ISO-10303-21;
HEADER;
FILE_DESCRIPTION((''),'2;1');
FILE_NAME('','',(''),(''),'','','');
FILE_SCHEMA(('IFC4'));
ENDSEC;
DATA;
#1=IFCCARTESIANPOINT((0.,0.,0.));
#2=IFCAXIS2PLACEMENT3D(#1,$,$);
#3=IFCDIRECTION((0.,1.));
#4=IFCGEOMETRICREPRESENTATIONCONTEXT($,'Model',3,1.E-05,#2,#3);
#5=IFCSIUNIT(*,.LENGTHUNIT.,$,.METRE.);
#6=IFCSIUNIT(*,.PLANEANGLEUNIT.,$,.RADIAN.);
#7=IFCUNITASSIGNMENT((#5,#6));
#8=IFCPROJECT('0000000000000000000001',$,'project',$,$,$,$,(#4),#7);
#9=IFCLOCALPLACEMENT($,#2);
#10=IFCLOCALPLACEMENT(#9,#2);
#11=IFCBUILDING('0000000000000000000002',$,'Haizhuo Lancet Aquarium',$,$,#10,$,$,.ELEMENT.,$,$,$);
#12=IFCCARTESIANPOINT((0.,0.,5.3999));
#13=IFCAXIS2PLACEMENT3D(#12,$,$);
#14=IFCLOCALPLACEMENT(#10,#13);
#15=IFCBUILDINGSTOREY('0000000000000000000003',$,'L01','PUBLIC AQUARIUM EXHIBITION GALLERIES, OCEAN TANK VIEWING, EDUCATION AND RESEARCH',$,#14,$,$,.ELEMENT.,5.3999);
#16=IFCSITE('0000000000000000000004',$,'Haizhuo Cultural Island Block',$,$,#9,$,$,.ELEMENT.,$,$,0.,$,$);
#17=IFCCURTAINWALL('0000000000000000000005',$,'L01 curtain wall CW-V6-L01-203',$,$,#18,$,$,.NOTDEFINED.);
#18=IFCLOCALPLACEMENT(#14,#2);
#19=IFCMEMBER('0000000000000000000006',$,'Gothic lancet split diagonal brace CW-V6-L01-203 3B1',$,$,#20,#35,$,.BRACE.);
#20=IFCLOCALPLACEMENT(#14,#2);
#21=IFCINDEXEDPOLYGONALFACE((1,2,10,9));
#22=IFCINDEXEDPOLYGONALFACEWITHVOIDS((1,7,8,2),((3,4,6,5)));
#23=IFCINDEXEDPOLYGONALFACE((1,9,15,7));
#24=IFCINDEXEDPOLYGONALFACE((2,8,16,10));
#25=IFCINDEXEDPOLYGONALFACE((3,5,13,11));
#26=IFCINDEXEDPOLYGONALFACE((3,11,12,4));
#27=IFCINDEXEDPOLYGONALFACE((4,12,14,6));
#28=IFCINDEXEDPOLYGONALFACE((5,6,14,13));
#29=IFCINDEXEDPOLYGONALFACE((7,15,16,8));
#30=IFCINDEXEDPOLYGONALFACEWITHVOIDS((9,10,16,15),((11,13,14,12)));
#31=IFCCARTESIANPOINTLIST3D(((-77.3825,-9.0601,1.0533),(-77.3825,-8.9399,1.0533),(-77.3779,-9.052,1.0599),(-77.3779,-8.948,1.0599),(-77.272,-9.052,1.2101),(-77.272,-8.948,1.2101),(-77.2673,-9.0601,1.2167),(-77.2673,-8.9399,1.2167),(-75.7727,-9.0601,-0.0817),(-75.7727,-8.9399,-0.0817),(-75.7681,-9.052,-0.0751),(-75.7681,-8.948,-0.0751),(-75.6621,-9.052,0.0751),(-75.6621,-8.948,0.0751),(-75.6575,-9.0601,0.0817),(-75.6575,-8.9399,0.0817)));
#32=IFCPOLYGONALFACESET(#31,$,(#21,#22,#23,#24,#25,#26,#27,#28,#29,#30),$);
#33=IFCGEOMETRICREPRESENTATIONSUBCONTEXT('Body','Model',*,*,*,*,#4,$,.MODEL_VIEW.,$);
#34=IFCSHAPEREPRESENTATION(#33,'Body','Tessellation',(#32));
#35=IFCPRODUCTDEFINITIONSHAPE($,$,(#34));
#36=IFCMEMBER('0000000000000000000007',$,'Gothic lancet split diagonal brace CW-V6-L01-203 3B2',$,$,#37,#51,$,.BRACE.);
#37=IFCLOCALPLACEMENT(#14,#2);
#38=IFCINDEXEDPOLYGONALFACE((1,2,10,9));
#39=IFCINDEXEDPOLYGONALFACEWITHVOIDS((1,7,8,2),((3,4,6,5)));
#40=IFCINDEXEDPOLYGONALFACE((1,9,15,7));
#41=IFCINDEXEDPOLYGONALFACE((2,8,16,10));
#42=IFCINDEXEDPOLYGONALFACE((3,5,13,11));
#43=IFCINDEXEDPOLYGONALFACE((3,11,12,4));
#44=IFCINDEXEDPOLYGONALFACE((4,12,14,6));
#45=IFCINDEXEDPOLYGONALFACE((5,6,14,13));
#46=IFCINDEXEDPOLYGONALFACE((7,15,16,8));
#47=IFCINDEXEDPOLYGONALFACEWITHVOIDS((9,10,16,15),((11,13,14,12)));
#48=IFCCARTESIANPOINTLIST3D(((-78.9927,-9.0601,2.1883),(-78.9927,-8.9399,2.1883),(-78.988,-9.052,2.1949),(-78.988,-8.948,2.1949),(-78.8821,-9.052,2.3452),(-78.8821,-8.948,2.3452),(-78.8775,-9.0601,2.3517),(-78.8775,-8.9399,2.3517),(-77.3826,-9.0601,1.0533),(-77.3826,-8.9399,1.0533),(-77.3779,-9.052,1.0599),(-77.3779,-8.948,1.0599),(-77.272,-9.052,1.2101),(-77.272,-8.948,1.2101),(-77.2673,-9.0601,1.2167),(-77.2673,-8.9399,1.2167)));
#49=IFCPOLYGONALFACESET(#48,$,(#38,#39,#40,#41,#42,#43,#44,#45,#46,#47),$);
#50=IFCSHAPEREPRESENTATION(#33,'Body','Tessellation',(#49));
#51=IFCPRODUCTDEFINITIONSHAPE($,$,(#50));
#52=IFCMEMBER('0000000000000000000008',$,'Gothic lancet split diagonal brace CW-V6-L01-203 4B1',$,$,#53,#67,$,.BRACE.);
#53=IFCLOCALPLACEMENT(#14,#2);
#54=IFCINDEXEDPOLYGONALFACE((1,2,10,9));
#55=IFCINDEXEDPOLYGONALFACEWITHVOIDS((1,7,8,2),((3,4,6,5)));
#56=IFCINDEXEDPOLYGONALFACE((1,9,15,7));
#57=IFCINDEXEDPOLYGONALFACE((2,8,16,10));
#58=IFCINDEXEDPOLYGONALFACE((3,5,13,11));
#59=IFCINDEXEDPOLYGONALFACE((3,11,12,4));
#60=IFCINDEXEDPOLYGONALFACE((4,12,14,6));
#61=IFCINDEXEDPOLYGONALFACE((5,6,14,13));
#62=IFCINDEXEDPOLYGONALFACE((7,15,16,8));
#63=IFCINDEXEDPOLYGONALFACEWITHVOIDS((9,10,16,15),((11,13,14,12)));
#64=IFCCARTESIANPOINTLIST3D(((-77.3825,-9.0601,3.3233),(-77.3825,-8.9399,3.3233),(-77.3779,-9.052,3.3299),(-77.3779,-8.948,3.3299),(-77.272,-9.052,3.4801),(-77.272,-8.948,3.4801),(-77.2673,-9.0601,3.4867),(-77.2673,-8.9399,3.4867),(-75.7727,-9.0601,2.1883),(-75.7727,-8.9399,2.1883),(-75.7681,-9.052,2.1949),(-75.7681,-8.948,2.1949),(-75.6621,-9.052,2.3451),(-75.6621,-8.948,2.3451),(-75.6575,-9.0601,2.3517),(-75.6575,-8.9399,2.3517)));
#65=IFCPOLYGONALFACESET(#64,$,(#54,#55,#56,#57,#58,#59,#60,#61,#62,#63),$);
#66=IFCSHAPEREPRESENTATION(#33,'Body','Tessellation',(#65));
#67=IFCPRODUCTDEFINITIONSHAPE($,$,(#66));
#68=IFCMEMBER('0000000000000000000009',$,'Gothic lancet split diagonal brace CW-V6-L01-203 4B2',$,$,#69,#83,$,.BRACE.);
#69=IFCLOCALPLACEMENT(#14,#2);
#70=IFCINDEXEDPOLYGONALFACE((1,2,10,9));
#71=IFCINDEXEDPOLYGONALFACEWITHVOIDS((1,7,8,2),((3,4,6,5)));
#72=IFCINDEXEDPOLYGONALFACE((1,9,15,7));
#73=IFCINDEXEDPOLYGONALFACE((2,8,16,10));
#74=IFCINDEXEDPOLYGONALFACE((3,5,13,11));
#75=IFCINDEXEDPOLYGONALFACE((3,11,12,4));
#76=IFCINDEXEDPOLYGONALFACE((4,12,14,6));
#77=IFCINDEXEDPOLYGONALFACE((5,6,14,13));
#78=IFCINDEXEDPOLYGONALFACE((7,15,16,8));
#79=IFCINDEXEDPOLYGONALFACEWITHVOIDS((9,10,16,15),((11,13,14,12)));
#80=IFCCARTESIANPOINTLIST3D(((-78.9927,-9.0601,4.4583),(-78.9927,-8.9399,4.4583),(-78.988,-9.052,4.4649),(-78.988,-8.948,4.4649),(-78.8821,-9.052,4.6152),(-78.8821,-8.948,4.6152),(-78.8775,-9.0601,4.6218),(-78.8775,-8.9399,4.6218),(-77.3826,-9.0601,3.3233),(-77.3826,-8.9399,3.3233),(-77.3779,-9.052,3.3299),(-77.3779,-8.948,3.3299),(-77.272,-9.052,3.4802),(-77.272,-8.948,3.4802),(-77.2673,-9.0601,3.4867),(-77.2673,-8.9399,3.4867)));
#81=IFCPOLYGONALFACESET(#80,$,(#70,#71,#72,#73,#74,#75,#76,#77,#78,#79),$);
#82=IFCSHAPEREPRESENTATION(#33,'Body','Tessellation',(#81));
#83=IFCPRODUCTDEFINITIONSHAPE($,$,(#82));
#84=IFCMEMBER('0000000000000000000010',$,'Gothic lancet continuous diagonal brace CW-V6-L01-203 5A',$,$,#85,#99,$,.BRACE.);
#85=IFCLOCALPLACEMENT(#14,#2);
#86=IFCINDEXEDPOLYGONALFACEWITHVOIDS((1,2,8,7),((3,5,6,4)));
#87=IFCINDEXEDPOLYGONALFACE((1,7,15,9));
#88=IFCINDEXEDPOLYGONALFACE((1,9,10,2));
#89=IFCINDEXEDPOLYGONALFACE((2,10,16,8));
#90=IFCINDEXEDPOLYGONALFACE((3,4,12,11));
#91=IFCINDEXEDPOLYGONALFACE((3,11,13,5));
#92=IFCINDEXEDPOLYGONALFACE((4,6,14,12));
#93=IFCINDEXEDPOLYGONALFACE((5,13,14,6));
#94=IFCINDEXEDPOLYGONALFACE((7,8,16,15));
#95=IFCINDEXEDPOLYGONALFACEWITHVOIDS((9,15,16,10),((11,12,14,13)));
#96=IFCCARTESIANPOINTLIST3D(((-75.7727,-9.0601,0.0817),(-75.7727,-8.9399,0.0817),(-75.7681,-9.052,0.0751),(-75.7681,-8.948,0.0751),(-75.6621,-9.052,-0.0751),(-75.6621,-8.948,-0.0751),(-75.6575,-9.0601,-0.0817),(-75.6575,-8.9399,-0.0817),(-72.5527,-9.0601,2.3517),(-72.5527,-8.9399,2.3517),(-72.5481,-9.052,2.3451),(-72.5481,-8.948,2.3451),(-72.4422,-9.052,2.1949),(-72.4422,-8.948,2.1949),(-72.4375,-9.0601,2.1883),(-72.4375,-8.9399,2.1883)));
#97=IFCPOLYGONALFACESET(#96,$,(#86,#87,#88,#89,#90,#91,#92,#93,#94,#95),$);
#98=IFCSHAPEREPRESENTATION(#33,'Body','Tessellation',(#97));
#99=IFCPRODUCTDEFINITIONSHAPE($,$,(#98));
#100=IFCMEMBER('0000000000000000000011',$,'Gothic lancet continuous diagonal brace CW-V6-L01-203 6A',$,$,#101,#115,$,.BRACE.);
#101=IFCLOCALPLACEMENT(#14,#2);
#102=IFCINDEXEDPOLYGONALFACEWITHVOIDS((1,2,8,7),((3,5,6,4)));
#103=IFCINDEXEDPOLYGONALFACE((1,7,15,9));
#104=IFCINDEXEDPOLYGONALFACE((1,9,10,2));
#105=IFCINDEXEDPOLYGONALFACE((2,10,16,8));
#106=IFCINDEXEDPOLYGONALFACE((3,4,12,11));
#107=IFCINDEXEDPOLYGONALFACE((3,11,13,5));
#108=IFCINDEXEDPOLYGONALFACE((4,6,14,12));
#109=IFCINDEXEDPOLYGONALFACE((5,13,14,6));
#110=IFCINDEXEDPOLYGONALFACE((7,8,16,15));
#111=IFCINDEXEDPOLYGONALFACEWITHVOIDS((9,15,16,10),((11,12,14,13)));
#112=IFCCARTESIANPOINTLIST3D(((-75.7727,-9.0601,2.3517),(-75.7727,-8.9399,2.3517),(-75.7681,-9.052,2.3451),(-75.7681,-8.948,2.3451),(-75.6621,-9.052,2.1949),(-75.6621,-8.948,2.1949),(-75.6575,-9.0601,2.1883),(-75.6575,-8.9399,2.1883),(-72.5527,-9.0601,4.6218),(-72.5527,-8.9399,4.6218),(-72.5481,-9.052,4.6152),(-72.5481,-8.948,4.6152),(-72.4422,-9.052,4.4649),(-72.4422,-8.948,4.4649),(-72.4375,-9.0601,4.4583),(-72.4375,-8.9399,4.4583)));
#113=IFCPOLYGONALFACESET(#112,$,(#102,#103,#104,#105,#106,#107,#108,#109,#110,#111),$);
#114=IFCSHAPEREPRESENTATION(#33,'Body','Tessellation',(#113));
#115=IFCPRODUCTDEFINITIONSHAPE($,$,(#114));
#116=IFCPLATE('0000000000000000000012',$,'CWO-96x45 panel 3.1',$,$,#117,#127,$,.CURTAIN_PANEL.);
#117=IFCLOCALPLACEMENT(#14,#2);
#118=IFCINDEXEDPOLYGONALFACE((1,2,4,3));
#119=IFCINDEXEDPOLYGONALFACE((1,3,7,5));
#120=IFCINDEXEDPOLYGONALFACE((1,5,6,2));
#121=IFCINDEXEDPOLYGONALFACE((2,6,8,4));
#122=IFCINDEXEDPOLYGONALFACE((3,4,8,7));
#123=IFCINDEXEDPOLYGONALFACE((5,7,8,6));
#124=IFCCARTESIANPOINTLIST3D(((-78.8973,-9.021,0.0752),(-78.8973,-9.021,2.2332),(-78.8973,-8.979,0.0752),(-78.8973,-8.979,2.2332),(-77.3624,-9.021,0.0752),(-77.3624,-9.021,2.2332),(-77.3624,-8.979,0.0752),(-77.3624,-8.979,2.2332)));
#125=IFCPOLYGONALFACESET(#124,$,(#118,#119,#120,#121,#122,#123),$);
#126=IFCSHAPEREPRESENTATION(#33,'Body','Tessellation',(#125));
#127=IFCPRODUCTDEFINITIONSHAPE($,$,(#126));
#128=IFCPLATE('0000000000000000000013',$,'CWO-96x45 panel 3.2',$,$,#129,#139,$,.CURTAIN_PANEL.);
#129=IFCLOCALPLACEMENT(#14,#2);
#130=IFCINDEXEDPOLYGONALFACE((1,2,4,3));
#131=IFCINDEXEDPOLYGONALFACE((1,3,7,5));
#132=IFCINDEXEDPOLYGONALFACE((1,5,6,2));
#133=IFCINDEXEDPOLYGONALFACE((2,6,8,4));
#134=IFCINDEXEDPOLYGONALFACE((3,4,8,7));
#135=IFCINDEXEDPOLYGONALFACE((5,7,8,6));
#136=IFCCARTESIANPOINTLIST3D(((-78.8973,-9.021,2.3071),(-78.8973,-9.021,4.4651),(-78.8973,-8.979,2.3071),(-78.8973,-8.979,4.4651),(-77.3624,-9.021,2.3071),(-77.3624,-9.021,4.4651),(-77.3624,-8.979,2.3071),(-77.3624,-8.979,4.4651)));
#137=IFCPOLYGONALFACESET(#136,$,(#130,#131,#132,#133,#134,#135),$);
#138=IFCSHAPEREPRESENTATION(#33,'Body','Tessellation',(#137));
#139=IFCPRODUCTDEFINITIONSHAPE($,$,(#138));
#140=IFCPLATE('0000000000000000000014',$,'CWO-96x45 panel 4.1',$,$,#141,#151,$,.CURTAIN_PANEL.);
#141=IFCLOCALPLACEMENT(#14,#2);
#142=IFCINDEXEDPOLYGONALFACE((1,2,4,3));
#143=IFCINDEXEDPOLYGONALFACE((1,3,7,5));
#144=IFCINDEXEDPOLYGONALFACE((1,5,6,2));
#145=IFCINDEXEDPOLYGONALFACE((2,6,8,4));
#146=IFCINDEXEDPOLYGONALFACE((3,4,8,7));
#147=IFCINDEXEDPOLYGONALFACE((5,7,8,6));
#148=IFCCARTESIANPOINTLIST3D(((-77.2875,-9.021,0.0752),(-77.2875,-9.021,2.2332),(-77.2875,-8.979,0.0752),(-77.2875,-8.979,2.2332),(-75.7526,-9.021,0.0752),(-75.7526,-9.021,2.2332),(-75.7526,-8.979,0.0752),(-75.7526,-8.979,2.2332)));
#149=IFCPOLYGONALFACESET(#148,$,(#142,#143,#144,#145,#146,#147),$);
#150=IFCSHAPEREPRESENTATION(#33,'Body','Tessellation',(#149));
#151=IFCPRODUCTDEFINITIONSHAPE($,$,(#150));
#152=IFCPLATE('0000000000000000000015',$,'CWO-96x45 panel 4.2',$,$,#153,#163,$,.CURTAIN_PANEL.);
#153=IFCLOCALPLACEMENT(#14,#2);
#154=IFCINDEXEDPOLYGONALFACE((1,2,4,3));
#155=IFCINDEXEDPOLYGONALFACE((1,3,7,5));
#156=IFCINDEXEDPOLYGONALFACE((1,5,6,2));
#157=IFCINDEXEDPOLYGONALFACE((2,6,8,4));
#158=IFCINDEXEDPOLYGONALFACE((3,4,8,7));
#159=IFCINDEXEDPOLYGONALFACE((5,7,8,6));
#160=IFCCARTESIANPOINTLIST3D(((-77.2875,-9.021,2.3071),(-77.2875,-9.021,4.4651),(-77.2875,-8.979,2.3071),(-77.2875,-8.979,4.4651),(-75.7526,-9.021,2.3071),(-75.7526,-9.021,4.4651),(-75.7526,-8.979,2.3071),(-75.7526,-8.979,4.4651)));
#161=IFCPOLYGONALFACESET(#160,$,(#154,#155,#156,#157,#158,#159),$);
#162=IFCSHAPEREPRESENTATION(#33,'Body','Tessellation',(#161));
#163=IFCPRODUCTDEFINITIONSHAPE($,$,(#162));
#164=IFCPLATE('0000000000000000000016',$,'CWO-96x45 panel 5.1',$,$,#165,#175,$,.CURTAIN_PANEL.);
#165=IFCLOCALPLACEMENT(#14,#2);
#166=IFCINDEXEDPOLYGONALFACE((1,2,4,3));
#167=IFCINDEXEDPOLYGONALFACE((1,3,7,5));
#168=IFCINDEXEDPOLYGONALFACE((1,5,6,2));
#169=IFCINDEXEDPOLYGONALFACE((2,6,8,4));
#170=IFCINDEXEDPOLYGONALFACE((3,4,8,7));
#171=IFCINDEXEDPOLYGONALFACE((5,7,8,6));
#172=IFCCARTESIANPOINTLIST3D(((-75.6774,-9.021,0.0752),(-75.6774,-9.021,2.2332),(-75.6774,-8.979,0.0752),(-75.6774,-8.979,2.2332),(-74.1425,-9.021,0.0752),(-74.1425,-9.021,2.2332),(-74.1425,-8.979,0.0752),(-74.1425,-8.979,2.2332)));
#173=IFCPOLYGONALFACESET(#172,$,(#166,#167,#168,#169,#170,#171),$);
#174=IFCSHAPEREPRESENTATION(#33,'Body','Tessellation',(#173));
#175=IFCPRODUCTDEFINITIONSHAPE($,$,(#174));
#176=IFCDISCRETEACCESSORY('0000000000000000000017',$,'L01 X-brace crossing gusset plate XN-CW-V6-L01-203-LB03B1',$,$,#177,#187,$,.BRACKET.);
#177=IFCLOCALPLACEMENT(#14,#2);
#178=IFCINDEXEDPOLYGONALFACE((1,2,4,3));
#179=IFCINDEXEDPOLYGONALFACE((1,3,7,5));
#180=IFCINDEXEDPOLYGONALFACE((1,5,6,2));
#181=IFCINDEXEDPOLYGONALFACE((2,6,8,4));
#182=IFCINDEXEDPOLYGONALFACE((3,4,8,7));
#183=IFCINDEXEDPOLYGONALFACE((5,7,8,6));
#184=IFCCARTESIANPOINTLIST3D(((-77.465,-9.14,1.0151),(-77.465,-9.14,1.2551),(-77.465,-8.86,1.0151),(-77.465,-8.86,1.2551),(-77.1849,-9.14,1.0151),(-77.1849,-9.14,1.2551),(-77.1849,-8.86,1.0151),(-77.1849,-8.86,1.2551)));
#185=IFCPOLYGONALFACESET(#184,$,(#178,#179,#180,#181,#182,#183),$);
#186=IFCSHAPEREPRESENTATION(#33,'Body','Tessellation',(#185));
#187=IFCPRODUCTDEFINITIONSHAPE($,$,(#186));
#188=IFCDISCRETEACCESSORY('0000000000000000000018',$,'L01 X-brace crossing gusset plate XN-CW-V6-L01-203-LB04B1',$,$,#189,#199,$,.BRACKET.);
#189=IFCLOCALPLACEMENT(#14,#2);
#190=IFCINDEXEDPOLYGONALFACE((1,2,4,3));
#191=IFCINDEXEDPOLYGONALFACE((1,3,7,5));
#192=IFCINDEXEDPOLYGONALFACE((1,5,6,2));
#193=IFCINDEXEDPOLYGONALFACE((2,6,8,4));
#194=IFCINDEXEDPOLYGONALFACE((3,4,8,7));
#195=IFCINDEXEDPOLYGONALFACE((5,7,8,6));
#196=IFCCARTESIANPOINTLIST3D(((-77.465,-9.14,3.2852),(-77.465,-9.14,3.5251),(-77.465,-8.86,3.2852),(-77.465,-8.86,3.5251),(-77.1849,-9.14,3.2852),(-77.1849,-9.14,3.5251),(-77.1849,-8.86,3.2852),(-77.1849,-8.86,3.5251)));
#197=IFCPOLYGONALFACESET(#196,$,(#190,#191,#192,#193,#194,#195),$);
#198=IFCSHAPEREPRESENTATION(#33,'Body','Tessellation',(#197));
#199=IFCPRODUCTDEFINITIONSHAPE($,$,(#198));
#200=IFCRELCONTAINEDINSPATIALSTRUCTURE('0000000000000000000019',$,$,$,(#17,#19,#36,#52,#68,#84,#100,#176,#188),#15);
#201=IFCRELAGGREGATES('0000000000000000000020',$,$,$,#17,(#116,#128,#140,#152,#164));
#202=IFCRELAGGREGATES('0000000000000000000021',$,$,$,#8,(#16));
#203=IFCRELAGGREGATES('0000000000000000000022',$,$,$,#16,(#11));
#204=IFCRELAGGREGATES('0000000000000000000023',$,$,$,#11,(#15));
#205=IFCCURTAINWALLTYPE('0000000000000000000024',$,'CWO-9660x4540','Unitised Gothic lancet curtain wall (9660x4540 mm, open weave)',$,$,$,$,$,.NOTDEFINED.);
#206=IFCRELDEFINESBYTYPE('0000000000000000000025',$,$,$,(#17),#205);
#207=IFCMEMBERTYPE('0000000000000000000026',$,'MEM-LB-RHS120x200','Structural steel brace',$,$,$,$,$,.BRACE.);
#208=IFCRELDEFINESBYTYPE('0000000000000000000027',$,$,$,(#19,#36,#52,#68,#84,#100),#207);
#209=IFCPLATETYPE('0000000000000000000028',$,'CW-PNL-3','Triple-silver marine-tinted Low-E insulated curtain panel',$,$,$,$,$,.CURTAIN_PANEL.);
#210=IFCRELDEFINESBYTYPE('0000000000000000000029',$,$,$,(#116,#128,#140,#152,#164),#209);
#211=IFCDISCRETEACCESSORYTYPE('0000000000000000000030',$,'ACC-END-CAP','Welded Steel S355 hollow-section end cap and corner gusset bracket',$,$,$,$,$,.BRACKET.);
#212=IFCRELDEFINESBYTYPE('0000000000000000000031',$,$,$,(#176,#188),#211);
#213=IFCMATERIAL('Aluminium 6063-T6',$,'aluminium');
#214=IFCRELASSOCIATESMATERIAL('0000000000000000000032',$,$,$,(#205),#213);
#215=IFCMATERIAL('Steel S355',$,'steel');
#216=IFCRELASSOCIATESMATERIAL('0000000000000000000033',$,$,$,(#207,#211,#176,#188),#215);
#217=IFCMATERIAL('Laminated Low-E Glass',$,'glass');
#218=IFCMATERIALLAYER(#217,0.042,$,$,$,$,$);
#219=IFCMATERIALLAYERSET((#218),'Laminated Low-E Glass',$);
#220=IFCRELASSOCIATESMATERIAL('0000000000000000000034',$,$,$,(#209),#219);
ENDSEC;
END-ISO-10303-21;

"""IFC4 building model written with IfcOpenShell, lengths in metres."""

from ifc_helpers import new_model, si_unit, direction, frame, origin, origin_2d, place, context, subcontext, project, spatial, rectangle, hollow_rectangle, extrude, material, layer, layer_set, material_profile, profile_set, type_object, element, aggregate, save


model = new_model("IFC4")

# Units and contexts
model_context = context("Model", 3, precision=1e-05, world=origin(), true_north=direction((0.0, 1.0)))
body_context = subcontext(model_context, "Body", "Model", "MODEL_VIEW")
ifc_project = project(units=[si_unit("LENGTHUNIT", "METRE"), si_unit("PLANEANGLEUNIT", "RADIAN")], contexts=[model_context])

# Site, building, storey
site_placement = place(None, origin())
site = spatial("IfcSite", under=ifc_project, at=site_placement, Name="Haizhuo Cultural Island Block", CompositionType="ELEMENT", RefElevation=0.0)
building_placement = place(site_placement, origin())
building = spatial("IfcBuilding", under=site, at=building_placement, Name="Haizhuo Lancet Aquarium", CompositionType="ELEMENT")
storey_placement = place(building_placement, frame((0.0, 0.0, 5.3999)))
storey = spatial("IfcBuildingStorey", under=building, at=storey_placement, Name="L01", Description="PUBLIC AQUARIUM EXHIBITION GALLERIES, OCEAN TANK VIEWING, EDUCATION AND RESEARCH", CompositionType="ELEMENT", Elevation=5.3999)

# Curtain wall
ifc_material_1 = material(Name="Aluminium 6063-T6", Category="aluminium")
curtain_wall_type = type_object("IfcCurtainWallType", Name="CWO-9660x4540", Description="Unitised Gothic lancet curtain wall (9660x4540 mm, open weave)", PredefinedType="NOTDEFINED", material=ifc_material_1)
curtain_wall_placement = place(storey_placement, origin())
curtain_wall = element("IfcCurtainWall", 1, at=curtain_wall_placement, inside=storey, type_object=curtain_wall_type, Name="L01 curtain wall CW-V6-L01-203", PredefinedType="NOTDEFINED")

# Members
ifc_material_2 = material(Name="Steel S355", Category="steel")
ifc_material_profile_1 = material_profile(ifc_material_2, hollow_rectangle(XDim=0.1201, YDim=0.2, WallThickness=0.0081, at=origin_2d()), Name="RHS 120x200x8")
ifc_profile_set_1 = profile_set([ifc_material_profile_1], Name="Steel S355")
member_type_1 = type_object("IfcMemberType", Name="MEM-LB-RHS120x200", Description="Structural steel brace", PredefinedType="BRACE", material=ifc_profile_set_1)
member_1_placement = place(storey_placement, frame((-75.7151, -9.0, 0.0), z_axis=(-0.817294, 0.0, 0.576221), x_axis=(0.0, -1.0, 0.0)))
element("IfcMember", 2, at=member_1_placement, inside=storey, type_object=member_type_1, Name="Gothic lancet split diagonal brace CW-V6-L01-203 3B1", PredefinedType="BRACE", context=body_context, shape_type="SweptSolid", body=[
    extrude(hollow_rectangle(XDim=0.1201, YDim=0.2, WallThickness=0.0081, at=origin_2d()), origin(), (0.0, 0.0, 1.0), 1.9697),
])
member_2_placement = place(storey_placement, frame((-77.325, -9.0, 1.135), z_axis=(-0.817335, 0.0, 0.576162), x_axis=(0.0, -1.0, 0.0)))
element("IfcMember", 3, at=member_2_placement, inside=storey, type_object=member_type_1, Name="Gothic lancet split diagonal brace CW-V6-L01-203 3B2", PredefinedType="BRACE", context=body_context, shape_type="SweptSolid", body=[
    extrude(hollow_rectangle(XDim=0.1201, YDim=0.2, WallThickness=0.0081, at=origin_2d()), origin(), (0.0, 0.0, 1.0), 1.97),
])
member_3_placement = place(storey_placement, frame((-75.7151, -9.0, 2.27), z_axis=(-0.817294, 0.0, 0.576221), x_axis=(0.0, -1.0, 0.0)))
element("IfcMember", 4, at=member_3_placement, inside=storey, type_object=member_type_1, Name="Gothic lancet split diagonal brace CW-V6-L01-203 4B1", PredefinedType="BRACE", context=body_context, shape_type="SweptSolid", body=[
    extrude(hollow_rectangle(XDim=0.1201, YDim=0.2, WallThickness=0.0081, at=origin_2d()), origin(), (0.0, 0.0, 1.0), 1.9697),
])
member_4_placement = place(storey_placement, frame((-77.325, -9.0, 3.405), z_axis=(-0.817335, 0.0, 0.576162), x_axis=(0.0, -1.0, 0.0)))
element("IfcMember", 5, at=member_4_placement, inside=storey, type_object=member_type_1, Name="Gothic lancet split diagonal brace CW-V6-L01-203 4B2", PredefinedType="BRACE", context=body_context, shape_type="SweptSolid", body=[
    extrude(hollow_rectangle(XDim=0.1201, YDim=0.2, WallThickness=0.0081, at=origin_2d()), origin(), (0.0, 0.0, 1.0), 1.97),
])
for number, where, z_axis, x_axis, name in (
    (6, (-75.7151, -9.0, 0.0), (0.817315, 0.0, 0.576192), (0.0, 1.0, 0.0), "Gothic lancet continuous diagonal brace CW-V6-L01-203 5A"),
    (7, (-75.7151, -9.0, 2.27), (0.817315, 0.0, 0.576192), (0.0, 1.0, 0.0), "Gothic lancet continuous diagonal brace CW-V6-L01-203 6A"),
):
    element("IfcMember", number, at=place(storey_placement, frame(where, z_axis=z_axis, x_axis=x_axis)), inside=storey, type_object=member_type_1, Name=name, PredefinedType="BRACE", context=body_context, shape_type="SweptSolid", body=[
        extrude(hollow_rectangle(XDim=0.1201, YDim=0.2, WallThickness=0.0081, at=origin_2d()), origin(), (0.0, 0.0, 1.0), 3.9397),
    ])

# Plates
ifc_material_3 = material(Name="Laminated Low-E Glass", Category="glass")
ifc_layer = layer(ifc_material_3, 0.042)
ifc_layer_set = layer_set([ifc_layer], Name="Laminated Low-E Glass")
plate_type = type_object("IfcPlateType", Name="CW-PNL-3", Description="Triple-silver marine-tinted Low-E insulated curtain panel", PredefinedType="CURTAIN_PANEL", material=ifc_layer_set)
plate_1_placement = place(storey_placement, frame((-78.1299, -9.0, 0.0752), z_axis=(0.0, 0.0, 1.0), x_axis=(1.0, 0.0, 0.0)))
plate_1 = element("IfcPlate", 8, at=plate_1_placement, type_object=plate_type, Name="CWO-96x45 panel 3.1", PredefinedType="CURTAIN_PANEL", context=body_context, shape_type="SweptSolid", body=[
    extrude(rectangle(XDim=1.5349, YDim=0.042, at=origin_2d()), origin(), (0.0, 0.0, 1.0), 2.158),
])
plate_2_placement = place(storey_placement, frame((-78.1299, -9.0, 2.3071), z_axis=(0.0, 0.0, 1.0), x_axis=(1.0, 0.0, 0.0)))
plate_2 = element("IfcPlate", 9, at=plate_2_placement, type_object=plate_type, Name="CWO-96x45 panel 3.2", PredefinedType="CURTAIN_PANEL", context=body_context, shape_type="SweptSolid", body=[
    extrude(rectangle(XDim=1.5349, YDim=0.042, at=origin_2d()), origin(), (0.0, 0.0, 1.0), 2.158),
])
plate_3_placement = place(storey_placement, frame((-76.52, -9.0, 0.0752), z_axis=(0.0, 0.0, 1.0), x_axis=(1.0, 0.0, 0.0)))
plate_3 = element("IfcPlate", 10, at=plate_3_placement, type_object=plate_type, Name="CWO-96x45 panel 4.1", PredefinedType="CURTAIN_PANEL", context=body_context, shape_type="SweptSolid", body=[
    extrude(rectangle(XDim=1.5349, YDim=0.042, at=origin_2d()), origin(), (0.0, 0.0, 1.0), 2.158),
])
plate_4_placement = place(storey_placement, frame((-76.52, -9.0, 2.3071), z_axis=(0.0, 0.0, 1.0), x_axis=(1.0, 0.0, 0.0)))
plate_4 = element("IfcPlate", 11, at=plate_4_placement, type_object=plate_type, Name="CWO-96x45 panel 4.2", PredefinedType="CURTAIN_PANEL", context=body_context, shape_type="SweptSolid", body=[
    extrude(rectangle(XDim=1.5349, YDim=0.042, at=origin_2d()), origin(), (0.0, 0.0, 1.0), 2.158),
])
plate_5_placement = place(storey_placement, frame((-74.9099, -9.0, 0.0752), z_axis=(0.0, 0.0, 1.0), x_axis=(1.0, 0.0, 0.0)))
plate_5 = element("IfcPlate", 12, at=plate_5_placement, type_object=plate_type, Name="CWO-96x45 panel 5.1", PredefinedType="CURTAIN_PANEL", context=body_context, shape_type="SweptSolid", body=[
    extrude(rectangle(XDim=1.5349, YDim=0.042, at=origin_2d()), origin(), (0.0, 0.0, 1.0), 2.158),
])
aggregate(curtain_wall, [plate_1, plate_2, plate_3, plate_4, plate_5])

# Discrete accessories
discrete_accessory_type = type_object("IfcDiscreteAccessoryType", Name="ACC-END-CAP", Description="Welded Steel S355 hollow-section end cap and corner gusset bracket", PredefinedType="BRACKET", material=ifc_material_2)
for number, where, z_axis, x_axis, name in (
    (13, (-77.325, -9.0, 1.0151), (0.0, 0.0, 1.0), (1.0, 0.0, 0.0), "L01 X-brace crossing gusset plate XN-CW-V6-L01-203-LB03B1"),
    (14, (-77.325, -9.0, 3.2852), (0.0, 0.0, 1.0), (1.0, 0.0, 0.0), "L01 X-brace crossing gusset plate XN-CW-V6-L01-203-LB04B1"),
):
    element("IfcDiscreteAccessory", number, at=place(storey_placement, frame(where, z_axis=z_axis, x_axis=x_axis)), inside=storey, type_object=discrete_accessory_type, material=ifc_material_2, Name=name, PredefinedType="BRACKET", context=body_context, shape_type="SweptSolid", body=[
        extrude(rectangle(XDim=0.28, YDim=0.28, at=origin_2d()), origin(), (0.0, 0.0, 1.0), 0.24),
    ])

save(model, "model.ifc")
